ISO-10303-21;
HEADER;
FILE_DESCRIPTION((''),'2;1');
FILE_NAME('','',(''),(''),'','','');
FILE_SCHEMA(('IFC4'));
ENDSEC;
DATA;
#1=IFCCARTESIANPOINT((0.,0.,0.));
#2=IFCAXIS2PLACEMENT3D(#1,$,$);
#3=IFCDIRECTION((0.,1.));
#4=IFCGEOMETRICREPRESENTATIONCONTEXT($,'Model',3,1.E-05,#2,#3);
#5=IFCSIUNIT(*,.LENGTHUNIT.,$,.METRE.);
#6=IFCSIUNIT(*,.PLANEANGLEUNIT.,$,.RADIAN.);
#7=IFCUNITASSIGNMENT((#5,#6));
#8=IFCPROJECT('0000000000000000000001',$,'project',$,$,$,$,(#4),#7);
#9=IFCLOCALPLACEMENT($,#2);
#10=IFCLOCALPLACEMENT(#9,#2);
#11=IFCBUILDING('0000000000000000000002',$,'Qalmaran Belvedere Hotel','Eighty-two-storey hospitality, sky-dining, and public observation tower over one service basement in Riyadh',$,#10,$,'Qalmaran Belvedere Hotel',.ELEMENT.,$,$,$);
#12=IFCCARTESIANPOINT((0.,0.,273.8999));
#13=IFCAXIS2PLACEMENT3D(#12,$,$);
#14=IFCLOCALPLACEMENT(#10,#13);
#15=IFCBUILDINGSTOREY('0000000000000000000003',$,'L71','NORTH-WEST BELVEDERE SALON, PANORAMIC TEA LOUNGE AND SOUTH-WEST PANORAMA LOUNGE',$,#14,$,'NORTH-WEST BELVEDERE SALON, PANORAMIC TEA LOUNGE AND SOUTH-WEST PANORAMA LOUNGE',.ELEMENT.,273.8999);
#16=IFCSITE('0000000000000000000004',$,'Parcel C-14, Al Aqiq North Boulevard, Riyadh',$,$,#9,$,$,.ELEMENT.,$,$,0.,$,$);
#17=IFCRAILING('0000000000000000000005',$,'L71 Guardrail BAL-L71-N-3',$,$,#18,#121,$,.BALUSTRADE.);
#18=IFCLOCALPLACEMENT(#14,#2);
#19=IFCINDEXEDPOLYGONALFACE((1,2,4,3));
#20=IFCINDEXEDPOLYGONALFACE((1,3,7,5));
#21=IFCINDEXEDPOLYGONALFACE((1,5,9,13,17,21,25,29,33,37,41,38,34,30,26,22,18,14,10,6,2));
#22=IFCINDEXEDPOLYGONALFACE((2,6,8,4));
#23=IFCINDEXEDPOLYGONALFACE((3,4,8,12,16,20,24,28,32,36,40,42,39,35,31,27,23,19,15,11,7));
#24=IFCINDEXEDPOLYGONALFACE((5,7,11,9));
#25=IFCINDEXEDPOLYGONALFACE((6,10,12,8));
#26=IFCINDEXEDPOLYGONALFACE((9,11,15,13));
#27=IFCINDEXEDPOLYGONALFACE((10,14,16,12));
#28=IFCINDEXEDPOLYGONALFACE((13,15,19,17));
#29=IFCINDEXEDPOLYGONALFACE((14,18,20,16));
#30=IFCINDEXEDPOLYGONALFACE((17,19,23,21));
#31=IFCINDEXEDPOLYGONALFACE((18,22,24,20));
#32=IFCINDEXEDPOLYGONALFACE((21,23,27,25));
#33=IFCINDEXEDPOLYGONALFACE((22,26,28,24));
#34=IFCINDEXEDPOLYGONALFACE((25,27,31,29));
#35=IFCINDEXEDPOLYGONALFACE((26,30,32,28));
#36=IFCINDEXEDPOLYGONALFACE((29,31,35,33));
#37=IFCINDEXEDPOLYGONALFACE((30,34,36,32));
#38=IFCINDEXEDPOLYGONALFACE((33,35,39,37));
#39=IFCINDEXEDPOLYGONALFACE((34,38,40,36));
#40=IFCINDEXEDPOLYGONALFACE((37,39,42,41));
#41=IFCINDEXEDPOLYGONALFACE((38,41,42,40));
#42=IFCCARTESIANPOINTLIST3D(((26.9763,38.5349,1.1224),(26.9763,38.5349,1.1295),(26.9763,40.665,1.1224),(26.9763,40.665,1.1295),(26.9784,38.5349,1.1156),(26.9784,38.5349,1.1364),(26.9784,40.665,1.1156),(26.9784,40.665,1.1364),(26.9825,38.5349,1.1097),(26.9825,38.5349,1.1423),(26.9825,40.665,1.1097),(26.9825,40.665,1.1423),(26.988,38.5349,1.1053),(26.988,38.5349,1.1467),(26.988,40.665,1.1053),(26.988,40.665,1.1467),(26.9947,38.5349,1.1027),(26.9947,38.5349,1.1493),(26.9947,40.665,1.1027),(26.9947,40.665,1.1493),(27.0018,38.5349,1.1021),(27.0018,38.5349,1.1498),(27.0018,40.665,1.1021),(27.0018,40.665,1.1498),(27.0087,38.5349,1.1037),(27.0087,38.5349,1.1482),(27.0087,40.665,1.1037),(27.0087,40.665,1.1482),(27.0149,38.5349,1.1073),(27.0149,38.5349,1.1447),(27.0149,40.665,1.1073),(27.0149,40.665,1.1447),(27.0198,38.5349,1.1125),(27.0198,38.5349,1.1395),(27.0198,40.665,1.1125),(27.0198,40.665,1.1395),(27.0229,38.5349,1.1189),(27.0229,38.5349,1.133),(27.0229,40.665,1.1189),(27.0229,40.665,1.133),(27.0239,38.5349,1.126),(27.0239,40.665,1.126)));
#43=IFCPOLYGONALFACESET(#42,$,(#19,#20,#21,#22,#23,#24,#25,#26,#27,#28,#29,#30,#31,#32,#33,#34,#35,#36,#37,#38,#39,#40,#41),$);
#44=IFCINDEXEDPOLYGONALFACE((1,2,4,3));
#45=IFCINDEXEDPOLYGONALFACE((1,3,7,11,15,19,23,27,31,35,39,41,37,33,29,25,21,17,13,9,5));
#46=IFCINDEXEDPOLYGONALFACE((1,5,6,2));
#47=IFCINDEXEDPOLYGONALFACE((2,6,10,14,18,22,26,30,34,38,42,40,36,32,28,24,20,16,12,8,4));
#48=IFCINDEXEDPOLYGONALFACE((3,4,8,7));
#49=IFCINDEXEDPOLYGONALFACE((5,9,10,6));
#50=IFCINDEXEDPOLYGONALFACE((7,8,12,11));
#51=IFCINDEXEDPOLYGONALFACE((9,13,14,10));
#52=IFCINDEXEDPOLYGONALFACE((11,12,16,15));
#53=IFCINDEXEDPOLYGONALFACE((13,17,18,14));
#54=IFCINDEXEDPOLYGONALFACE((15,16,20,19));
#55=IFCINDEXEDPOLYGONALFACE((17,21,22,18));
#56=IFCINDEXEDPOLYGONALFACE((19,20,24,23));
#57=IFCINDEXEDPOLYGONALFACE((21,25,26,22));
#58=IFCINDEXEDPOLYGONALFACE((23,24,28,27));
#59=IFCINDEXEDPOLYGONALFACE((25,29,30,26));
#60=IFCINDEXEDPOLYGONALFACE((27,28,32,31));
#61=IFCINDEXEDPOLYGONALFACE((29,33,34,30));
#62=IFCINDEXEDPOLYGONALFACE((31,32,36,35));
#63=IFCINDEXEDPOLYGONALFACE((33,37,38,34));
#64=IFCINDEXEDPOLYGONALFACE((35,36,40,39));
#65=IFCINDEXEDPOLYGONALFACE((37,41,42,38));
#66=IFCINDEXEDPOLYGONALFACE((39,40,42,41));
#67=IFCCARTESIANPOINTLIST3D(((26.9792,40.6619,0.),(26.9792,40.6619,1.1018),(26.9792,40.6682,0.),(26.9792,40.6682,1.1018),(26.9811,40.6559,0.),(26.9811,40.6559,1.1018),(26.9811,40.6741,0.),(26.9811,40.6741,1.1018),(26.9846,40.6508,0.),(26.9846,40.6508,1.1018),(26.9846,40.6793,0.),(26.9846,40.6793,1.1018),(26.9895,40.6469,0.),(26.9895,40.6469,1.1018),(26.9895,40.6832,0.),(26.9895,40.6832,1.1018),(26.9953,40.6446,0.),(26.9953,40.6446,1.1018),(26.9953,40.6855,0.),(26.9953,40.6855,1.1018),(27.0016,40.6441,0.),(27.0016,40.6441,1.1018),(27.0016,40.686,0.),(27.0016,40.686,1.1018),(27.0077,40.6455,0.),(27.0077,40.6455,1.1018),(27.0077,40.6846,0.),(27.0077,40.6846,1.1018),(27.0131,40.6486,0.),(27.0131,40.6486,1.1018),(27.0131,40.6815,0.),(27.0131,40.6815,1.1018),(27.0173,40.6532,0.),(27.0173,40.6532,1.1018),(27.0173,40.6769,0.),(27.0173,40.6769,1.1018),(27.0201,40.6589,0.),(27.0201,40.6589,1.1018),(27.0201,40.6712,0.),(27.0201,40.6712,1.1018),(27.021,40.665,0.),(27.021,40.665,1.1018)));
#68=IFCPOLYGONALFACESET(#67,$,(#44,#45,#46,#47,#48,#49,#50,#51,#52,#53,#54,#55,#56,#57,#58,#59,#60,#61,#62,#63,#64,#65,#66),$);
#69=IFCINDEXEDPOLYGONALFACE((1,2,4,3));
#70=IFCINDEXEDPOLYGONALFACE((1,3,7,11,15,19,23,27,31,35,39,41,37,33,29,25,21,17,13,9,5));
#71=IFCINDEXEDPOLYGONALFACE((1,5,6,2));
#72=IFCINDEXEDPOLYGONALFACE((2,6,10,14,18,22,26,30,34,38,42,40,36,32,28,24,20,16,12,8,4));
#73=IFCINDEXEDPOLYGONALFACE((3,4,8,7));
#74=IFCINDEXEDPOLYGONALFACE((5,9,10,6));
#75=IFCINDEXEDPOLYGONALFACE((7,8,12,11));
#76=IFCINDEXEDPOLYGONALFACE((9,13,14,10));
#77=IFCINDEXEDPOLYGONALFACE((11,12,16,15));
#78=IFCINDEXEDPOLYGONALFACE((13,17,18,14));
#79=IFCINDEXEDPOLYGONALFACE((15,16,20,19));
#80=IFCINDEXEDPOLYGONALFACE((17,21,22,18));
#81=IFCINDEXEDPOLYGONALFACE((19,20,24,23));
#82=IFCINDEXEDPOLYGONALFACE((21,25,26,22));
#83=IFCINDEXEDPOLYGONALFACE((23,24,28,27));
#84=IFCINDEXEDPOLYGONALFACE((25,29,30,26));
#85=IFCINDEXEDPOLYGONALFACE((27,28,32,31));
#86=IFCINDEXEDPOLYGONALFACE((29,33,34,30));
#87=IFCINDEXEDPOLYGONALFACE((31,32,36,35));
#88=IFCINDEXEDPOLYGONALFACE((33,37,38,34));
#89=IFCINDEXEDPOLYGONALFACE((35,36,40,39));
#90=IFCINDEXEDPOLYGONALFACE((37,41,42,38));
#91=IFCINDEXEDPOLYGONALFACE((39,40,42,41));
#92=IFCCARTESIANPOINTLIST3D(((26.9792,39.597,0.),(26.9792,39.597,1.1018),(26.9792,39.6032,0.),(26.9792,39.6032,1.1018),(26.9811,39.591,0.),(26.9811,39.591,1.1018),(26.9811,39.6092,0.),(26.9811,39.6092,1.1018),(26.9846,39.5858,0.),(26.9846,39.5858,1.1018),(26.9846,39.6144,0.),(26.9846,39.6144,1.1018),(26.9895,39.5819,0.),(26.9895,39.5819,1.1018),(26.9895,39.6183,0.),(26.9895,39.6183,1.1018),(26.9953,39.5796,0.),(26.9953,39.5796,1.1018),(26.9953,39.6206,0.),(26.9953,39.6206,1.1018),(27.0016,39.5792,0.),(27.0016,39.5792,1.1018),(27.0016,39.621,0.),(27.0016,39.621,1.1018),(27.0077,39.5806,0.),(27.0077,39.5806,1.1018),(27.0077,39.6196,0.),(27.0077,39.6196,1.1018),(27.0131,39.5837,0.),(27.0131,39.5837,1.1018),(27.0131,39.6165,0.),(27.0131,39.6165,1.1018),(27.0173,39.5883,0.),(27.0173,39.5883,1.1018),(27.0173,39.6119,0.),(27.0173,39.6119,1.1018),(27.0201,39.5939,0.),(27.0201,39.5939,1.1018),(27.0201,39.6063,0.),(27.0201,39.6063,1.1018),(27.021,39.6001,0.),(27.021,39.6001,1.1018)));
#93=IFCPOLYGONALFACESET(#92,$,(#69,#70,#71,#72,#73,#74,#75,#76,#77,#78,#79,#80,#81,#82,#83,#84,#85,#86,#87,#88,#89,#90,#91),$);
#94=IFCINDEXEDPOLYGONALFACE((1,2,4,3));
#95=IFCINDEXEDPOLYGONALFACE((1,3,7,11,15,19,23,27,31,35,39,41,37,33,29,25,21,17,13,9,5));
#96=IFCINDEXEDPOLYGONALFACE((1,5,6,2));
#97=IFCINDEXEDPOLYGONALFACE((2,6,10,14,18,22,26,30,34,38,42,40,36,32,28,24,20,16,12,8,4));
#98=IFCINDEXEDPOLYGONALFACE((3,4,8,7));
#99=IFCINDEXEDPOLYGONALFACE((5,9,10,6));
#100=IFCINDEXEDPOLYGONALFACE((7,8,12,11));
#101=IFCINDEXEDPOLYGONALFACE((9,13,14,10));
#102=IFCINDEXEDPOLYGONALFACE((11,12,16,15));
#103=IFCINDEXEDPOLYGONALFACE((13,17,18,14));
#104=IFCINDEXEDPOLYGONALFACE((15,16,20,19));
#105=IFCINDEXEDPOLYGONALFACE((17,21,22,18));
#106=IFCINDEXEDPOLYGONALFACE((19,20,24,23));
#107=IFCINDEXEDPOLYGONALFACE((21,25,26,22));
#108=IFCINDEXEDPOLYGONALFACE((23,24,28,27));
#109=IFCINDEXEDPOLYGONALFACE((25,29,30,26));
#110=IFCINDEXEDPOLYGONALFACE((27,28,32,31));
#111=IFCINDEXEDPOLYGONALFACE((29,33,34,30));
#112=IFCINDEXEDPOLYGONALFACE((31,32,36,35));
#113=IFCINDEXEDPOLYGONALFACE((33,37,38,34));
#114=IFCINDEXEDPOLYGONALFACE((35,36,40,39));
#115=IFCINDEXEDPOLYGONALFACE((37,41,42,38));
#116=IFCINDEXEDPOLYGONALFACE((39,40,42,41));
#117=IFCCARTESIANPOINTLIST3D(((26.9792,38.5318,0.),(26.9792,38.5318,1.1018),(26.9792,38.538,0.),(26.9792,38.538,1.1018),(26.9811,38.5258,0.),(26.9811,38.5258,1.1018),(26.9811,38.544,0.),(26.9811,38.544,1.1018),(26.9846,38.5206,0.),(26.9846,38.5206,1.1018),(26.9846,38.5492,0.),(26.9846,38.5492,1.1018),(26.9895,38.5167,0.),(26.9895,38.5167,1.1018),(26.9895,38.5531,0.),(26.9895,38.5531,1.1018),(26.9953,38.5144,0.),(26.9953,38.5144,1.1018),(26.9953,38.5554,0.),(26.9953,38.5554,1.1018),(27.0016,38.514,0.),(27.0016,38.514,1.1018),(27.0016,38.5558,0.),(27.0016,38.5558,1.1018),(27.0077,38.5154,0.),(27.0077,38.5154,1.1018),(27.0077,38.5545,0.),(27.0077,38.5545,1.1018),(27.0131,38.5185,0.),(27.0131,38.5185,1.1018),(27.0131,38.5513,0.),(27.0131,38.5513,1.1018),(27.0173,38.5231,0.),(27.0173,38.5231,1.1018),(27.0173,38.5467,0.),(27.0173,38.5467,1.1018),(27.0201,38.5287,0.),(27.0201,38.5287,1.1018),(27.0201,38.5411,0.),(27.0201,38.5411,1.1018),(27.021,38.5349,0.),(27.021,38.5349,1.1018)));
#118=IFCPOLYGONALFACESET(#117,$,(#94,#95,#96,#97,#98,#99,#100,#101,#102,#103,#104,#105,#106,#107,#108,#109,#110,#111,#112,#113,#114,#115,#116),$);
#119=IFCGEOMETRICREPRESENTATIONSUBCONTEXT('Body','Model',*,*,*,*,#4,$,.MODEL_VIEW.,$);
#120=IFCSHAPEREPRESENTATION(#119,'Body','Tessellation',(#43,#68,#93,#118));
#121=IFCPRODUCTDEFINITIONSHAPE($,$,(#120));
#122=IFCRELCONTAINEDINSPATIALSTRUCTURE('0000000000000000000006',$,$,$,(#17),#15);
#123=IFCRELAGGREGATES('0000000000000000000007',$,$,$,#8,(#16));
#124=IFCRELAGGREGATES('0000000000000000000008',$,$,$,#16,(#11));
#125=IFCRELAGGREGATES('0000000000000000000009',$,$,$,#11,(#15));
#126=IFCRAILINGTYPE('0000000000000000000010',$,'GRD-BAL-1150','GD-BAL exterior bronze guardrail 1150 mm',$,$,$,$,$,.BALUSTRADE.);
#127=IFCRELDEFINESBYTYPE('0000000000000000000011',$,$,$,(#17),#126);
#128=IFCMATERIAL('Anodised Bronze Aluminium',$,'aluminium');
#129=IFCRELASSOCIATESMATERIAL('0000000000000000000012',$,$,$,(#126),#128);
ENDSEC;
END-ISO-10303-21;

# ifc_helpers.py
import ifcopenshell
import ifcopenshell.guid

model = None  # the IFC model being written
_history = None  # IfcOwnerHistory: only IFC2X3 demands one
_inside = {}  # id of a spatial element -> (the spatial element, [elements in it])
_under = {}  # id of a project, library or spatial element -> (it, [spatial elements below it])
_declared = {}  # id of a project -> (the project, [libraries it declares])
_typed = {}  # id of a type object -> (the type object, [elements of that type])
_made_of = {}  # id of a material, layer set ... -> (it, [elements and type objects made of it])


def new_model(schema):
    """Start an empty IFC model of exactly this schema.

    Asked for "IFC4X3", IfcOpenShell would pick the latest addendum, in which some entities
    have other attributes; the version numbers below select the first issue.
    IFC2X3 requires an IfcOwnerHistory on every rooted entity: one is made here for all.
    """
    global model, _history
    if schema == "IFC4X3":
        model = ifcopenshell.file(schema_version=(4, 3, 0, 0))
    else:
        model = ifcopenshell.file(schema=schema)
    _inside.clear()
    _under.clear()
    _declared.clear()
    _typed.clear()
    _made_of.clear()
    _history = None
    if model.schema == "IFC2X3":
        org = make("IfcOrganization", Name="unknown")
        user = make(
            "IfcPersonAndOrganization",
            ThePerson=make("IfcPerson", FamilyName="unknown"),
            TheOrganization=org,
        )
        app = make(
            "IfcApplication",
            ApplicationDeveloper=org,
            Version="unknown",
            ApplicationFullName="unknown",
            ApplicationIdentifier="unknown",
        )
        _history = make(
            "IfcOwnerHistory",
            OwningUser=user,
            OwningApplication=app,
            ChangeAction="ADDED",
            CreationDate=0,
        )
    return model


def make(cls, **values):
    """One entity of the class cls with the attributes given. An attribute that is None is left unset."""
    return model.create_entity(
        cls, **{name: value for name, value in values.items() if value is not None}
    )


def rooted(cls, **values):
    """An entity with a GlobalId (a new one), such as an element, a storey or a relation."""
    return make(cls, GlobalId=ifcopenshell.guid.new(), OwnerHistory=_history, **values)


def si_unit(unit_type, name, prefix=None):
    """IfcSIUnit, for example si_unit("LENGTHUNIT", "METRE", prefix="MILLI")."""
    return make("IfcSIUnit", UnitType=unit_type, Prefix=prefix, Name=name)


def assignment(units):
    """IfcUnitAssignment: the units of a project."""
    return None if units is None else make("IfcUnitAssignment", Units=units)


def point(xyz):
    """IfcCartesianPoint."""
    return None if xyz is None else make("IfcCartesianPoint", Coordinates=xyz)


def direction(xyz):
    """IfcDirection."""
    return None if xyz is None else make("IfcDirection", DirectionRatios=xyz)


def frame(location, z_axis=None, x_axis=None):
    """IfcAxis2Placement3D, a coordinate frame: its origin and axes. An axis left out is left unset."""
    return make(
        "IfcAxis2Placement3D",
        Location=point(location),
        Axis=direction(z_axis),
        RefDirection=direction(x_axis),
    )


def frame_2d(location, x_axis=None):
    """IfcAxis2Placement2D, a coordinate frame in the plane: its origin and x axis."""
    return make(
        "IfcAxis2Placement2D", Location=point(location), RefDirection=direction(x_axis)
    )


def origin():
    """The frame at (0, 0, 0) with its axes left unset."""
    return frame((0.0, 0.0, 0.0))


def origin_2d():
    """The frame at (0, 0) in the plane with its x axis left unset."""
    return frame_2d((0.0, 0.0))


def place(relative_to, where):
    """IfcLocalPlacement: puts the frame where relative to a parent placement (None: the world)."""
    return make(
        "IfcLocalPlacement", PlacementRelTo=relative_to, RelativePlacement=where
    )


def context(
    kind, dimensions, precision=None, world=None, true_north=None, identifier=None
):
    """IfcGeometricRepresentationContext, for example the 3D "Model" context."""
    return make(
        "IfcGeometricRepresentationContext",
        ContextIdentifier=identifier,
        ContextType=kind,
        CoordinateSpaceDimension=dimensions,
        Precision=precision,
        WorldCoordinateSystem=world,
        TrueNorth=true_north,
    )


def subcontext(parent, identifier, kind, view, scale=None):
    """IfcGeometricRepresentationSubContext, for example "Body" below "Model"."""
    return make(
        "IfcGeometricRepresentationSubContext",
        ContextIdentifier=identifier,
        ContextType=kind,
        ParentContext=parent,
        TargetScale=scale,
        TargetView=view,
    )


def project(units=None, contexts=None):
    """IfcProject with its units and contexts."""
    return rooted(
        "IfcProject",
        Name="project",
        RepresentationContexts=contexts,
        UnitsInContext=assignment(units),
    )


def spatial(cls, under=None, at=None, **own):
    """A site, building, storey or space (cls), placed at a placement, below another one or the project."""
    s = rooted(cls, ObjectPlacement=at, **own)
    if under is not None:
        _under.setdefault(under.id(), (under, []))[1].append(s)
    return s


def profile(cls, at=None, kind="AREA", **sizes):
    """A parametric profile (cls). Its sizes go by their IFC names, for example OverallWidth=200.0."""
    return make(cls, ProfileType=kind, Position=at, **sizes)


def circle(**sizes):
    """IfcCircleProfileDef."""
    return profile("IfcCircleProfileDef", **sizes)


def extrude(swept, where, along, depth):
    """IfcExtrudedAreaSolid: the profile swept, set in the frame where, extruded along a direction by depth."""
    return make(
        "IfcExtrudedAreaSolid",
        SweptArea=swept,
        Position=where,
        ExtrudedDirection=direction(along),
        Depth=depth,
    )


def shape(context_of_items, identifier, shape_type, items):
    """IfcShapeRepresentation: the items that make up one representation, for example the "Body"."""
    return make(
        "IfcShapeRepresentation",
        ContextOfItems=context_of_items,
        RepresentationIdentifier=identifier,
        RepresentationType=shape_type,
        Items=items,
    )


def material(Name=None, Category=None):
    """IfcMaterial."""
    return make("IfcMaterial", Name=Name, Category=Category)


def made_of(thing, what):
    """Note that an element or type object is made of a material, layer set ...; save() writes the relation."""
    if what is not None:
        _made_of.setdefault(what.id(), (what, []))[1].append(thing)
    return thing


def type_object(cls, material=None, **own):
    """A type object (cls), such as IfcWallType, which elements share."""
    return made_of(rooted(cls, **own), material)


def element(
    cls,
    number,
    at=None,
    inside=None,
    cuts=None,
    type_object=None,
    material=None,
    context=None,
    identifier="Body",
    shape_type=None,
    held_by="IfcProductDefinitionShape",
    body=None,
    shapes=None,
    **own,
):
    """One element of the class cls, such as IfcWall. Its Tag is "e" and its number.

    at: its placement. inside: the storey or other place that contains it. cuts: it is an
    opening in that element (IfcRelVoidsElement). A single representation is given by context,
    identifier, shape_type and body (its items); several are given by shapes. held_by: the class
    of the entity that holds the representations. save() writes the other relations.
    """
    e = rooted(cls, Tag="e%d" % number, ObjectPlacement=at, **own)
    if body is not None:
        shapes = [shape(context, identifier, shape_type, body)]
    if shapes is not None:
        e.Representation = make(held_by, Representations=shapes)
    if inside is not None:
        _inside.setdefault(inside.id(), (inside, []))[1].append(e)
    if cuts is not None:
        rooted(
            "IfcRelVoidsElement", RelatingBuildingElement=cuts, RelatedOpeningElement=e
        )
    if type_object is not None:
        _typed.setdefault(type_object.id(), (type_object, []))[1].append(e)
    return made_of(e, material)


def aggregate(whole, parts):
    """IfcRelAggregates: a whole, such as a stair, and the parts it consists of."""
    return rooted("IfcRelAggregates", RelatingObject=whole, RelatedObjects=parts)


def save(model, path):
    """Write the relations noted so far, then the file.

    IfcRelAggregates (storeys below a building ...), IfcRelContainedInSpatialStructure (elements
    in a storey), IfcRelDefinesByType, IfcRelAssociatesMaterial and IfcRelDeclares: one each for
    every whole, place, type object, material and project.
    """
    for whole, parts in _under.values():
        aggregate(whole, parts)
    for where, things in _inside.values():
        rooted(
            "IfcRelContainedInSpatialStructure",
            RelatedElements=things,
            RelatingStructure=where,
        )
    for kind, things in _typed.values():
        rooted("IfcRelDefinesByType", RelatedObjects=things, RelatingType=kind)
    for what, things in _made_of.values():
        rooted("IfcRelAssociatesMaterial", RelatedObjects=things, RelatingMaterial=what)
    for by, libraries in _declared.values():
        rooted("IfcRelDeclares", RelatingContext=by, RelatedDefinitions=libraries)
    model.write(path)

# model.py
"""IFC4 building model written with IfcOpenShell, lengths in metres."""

from ifc_helpers import new_model, si_unit, direction, frame, origin, origin_2d, place, context, subcontext, project, spatial, circle, extrude, material, type_object, element, save


model = new_model("IFC4")

# Units and contexts
model_context = context("Model", 3, precision=1e-05, world=origin(), true_north=direction((0.0, 1.0)))
body_context = subcontext(model_context, "Body", "Model", "MODEL_VIEW")
ifc_project = project(units=[si_unit("LENGTHUNIT", "METRE"), si_unit("PLANEANGLEUNIT", "RADIAN")], contexts=[model_context])

# Site, building, storey
site_placement = place(None, origin())
site = spatial("IfcSite", under=ifc_project, at=site_placement, Name="Parcel C-14, Al Aqiq North Boulevard, Riyadh", CompositionType="ELEMENT", RefElevation=0.0)
building_placement = place(site_placement, origin())
building = spatial("IfcBuilding", under=site, at=building_placement, Name="Qalmaran Belvedere Hotel", Description="Eighty-two-storey hospitality, sky-dining, and public observation tower over one service basement in Riyadh", LongName="Qalmaran Belvedere Hotel", CompositionType="ELEMENT")
storey_placement = place(building_placement, frame((0.0, 0.0, 273.8999)))
storey = spatial("IfcBuildingStorey", under=building, at=storey_placement, Name="L71", Description="NORTH-WEST BELVEDERE SALON, PANORAMIC TEA LOUNGE AND SOUTH-WEST PANORAMA LOUNGE", LongName="NORTH-WEST BELVEDERE SALON, PANORAMIC TEA LOUNGE AND SOUTH-WEST PANORAMA LOUNGE", CompositionType="ELEMENT", Elevation=273.8999)

# Shared definitions
ifc_material_1 = material(Name="Anodised Bronze Aluminium", Category="aluminium")

# Railing
railing_type = type_object("IfcRailingType", Name="GRD-BAL-1150", Description="GD-BAL exterior bronze guardrail 1150 mm", PredefinedType="BALUSTRADE", material=ifc_material_1)
railing_placement = place(storey_placement, frame((27.0, 40.665, 0.0)))
element("IfcRailing", 1, at=railing_placement, inside=storey, type_object=railing_type, Name="L71 Guardrail BAL-L71-N-3", PredefinedType="BALUSTRADE", context=body_context, shape_type="SweptSolid", body=[
    extrude(circle(Radius=0.0239, at=origin_2d()), frame((0.0, 0.0, 1.126), z_axis=(0.0, -1.0, 0.0), x_axis=(1.0, 0.0, 0.0)), (0.0, 0.0, 1.0), 2.1301),
    extrude(circle(Radius=0.021, at=origin_2d()), origin(), (0.0, 0.0, 1.0), 1.1018),
    extrude(circle(Radius=0.021, at=origin_2d()), frame((0.0, -1.0649, 0.0)), (0.0, 0.0, 1.0), 1.1018),
    extrude(circle(Radius=0.021, at=origin_2d()), frame((0.0, -2.1301, 0.0)), (0.0, 0.0, 1.0), 1.1018),
])

save(model, "model.ifc")
